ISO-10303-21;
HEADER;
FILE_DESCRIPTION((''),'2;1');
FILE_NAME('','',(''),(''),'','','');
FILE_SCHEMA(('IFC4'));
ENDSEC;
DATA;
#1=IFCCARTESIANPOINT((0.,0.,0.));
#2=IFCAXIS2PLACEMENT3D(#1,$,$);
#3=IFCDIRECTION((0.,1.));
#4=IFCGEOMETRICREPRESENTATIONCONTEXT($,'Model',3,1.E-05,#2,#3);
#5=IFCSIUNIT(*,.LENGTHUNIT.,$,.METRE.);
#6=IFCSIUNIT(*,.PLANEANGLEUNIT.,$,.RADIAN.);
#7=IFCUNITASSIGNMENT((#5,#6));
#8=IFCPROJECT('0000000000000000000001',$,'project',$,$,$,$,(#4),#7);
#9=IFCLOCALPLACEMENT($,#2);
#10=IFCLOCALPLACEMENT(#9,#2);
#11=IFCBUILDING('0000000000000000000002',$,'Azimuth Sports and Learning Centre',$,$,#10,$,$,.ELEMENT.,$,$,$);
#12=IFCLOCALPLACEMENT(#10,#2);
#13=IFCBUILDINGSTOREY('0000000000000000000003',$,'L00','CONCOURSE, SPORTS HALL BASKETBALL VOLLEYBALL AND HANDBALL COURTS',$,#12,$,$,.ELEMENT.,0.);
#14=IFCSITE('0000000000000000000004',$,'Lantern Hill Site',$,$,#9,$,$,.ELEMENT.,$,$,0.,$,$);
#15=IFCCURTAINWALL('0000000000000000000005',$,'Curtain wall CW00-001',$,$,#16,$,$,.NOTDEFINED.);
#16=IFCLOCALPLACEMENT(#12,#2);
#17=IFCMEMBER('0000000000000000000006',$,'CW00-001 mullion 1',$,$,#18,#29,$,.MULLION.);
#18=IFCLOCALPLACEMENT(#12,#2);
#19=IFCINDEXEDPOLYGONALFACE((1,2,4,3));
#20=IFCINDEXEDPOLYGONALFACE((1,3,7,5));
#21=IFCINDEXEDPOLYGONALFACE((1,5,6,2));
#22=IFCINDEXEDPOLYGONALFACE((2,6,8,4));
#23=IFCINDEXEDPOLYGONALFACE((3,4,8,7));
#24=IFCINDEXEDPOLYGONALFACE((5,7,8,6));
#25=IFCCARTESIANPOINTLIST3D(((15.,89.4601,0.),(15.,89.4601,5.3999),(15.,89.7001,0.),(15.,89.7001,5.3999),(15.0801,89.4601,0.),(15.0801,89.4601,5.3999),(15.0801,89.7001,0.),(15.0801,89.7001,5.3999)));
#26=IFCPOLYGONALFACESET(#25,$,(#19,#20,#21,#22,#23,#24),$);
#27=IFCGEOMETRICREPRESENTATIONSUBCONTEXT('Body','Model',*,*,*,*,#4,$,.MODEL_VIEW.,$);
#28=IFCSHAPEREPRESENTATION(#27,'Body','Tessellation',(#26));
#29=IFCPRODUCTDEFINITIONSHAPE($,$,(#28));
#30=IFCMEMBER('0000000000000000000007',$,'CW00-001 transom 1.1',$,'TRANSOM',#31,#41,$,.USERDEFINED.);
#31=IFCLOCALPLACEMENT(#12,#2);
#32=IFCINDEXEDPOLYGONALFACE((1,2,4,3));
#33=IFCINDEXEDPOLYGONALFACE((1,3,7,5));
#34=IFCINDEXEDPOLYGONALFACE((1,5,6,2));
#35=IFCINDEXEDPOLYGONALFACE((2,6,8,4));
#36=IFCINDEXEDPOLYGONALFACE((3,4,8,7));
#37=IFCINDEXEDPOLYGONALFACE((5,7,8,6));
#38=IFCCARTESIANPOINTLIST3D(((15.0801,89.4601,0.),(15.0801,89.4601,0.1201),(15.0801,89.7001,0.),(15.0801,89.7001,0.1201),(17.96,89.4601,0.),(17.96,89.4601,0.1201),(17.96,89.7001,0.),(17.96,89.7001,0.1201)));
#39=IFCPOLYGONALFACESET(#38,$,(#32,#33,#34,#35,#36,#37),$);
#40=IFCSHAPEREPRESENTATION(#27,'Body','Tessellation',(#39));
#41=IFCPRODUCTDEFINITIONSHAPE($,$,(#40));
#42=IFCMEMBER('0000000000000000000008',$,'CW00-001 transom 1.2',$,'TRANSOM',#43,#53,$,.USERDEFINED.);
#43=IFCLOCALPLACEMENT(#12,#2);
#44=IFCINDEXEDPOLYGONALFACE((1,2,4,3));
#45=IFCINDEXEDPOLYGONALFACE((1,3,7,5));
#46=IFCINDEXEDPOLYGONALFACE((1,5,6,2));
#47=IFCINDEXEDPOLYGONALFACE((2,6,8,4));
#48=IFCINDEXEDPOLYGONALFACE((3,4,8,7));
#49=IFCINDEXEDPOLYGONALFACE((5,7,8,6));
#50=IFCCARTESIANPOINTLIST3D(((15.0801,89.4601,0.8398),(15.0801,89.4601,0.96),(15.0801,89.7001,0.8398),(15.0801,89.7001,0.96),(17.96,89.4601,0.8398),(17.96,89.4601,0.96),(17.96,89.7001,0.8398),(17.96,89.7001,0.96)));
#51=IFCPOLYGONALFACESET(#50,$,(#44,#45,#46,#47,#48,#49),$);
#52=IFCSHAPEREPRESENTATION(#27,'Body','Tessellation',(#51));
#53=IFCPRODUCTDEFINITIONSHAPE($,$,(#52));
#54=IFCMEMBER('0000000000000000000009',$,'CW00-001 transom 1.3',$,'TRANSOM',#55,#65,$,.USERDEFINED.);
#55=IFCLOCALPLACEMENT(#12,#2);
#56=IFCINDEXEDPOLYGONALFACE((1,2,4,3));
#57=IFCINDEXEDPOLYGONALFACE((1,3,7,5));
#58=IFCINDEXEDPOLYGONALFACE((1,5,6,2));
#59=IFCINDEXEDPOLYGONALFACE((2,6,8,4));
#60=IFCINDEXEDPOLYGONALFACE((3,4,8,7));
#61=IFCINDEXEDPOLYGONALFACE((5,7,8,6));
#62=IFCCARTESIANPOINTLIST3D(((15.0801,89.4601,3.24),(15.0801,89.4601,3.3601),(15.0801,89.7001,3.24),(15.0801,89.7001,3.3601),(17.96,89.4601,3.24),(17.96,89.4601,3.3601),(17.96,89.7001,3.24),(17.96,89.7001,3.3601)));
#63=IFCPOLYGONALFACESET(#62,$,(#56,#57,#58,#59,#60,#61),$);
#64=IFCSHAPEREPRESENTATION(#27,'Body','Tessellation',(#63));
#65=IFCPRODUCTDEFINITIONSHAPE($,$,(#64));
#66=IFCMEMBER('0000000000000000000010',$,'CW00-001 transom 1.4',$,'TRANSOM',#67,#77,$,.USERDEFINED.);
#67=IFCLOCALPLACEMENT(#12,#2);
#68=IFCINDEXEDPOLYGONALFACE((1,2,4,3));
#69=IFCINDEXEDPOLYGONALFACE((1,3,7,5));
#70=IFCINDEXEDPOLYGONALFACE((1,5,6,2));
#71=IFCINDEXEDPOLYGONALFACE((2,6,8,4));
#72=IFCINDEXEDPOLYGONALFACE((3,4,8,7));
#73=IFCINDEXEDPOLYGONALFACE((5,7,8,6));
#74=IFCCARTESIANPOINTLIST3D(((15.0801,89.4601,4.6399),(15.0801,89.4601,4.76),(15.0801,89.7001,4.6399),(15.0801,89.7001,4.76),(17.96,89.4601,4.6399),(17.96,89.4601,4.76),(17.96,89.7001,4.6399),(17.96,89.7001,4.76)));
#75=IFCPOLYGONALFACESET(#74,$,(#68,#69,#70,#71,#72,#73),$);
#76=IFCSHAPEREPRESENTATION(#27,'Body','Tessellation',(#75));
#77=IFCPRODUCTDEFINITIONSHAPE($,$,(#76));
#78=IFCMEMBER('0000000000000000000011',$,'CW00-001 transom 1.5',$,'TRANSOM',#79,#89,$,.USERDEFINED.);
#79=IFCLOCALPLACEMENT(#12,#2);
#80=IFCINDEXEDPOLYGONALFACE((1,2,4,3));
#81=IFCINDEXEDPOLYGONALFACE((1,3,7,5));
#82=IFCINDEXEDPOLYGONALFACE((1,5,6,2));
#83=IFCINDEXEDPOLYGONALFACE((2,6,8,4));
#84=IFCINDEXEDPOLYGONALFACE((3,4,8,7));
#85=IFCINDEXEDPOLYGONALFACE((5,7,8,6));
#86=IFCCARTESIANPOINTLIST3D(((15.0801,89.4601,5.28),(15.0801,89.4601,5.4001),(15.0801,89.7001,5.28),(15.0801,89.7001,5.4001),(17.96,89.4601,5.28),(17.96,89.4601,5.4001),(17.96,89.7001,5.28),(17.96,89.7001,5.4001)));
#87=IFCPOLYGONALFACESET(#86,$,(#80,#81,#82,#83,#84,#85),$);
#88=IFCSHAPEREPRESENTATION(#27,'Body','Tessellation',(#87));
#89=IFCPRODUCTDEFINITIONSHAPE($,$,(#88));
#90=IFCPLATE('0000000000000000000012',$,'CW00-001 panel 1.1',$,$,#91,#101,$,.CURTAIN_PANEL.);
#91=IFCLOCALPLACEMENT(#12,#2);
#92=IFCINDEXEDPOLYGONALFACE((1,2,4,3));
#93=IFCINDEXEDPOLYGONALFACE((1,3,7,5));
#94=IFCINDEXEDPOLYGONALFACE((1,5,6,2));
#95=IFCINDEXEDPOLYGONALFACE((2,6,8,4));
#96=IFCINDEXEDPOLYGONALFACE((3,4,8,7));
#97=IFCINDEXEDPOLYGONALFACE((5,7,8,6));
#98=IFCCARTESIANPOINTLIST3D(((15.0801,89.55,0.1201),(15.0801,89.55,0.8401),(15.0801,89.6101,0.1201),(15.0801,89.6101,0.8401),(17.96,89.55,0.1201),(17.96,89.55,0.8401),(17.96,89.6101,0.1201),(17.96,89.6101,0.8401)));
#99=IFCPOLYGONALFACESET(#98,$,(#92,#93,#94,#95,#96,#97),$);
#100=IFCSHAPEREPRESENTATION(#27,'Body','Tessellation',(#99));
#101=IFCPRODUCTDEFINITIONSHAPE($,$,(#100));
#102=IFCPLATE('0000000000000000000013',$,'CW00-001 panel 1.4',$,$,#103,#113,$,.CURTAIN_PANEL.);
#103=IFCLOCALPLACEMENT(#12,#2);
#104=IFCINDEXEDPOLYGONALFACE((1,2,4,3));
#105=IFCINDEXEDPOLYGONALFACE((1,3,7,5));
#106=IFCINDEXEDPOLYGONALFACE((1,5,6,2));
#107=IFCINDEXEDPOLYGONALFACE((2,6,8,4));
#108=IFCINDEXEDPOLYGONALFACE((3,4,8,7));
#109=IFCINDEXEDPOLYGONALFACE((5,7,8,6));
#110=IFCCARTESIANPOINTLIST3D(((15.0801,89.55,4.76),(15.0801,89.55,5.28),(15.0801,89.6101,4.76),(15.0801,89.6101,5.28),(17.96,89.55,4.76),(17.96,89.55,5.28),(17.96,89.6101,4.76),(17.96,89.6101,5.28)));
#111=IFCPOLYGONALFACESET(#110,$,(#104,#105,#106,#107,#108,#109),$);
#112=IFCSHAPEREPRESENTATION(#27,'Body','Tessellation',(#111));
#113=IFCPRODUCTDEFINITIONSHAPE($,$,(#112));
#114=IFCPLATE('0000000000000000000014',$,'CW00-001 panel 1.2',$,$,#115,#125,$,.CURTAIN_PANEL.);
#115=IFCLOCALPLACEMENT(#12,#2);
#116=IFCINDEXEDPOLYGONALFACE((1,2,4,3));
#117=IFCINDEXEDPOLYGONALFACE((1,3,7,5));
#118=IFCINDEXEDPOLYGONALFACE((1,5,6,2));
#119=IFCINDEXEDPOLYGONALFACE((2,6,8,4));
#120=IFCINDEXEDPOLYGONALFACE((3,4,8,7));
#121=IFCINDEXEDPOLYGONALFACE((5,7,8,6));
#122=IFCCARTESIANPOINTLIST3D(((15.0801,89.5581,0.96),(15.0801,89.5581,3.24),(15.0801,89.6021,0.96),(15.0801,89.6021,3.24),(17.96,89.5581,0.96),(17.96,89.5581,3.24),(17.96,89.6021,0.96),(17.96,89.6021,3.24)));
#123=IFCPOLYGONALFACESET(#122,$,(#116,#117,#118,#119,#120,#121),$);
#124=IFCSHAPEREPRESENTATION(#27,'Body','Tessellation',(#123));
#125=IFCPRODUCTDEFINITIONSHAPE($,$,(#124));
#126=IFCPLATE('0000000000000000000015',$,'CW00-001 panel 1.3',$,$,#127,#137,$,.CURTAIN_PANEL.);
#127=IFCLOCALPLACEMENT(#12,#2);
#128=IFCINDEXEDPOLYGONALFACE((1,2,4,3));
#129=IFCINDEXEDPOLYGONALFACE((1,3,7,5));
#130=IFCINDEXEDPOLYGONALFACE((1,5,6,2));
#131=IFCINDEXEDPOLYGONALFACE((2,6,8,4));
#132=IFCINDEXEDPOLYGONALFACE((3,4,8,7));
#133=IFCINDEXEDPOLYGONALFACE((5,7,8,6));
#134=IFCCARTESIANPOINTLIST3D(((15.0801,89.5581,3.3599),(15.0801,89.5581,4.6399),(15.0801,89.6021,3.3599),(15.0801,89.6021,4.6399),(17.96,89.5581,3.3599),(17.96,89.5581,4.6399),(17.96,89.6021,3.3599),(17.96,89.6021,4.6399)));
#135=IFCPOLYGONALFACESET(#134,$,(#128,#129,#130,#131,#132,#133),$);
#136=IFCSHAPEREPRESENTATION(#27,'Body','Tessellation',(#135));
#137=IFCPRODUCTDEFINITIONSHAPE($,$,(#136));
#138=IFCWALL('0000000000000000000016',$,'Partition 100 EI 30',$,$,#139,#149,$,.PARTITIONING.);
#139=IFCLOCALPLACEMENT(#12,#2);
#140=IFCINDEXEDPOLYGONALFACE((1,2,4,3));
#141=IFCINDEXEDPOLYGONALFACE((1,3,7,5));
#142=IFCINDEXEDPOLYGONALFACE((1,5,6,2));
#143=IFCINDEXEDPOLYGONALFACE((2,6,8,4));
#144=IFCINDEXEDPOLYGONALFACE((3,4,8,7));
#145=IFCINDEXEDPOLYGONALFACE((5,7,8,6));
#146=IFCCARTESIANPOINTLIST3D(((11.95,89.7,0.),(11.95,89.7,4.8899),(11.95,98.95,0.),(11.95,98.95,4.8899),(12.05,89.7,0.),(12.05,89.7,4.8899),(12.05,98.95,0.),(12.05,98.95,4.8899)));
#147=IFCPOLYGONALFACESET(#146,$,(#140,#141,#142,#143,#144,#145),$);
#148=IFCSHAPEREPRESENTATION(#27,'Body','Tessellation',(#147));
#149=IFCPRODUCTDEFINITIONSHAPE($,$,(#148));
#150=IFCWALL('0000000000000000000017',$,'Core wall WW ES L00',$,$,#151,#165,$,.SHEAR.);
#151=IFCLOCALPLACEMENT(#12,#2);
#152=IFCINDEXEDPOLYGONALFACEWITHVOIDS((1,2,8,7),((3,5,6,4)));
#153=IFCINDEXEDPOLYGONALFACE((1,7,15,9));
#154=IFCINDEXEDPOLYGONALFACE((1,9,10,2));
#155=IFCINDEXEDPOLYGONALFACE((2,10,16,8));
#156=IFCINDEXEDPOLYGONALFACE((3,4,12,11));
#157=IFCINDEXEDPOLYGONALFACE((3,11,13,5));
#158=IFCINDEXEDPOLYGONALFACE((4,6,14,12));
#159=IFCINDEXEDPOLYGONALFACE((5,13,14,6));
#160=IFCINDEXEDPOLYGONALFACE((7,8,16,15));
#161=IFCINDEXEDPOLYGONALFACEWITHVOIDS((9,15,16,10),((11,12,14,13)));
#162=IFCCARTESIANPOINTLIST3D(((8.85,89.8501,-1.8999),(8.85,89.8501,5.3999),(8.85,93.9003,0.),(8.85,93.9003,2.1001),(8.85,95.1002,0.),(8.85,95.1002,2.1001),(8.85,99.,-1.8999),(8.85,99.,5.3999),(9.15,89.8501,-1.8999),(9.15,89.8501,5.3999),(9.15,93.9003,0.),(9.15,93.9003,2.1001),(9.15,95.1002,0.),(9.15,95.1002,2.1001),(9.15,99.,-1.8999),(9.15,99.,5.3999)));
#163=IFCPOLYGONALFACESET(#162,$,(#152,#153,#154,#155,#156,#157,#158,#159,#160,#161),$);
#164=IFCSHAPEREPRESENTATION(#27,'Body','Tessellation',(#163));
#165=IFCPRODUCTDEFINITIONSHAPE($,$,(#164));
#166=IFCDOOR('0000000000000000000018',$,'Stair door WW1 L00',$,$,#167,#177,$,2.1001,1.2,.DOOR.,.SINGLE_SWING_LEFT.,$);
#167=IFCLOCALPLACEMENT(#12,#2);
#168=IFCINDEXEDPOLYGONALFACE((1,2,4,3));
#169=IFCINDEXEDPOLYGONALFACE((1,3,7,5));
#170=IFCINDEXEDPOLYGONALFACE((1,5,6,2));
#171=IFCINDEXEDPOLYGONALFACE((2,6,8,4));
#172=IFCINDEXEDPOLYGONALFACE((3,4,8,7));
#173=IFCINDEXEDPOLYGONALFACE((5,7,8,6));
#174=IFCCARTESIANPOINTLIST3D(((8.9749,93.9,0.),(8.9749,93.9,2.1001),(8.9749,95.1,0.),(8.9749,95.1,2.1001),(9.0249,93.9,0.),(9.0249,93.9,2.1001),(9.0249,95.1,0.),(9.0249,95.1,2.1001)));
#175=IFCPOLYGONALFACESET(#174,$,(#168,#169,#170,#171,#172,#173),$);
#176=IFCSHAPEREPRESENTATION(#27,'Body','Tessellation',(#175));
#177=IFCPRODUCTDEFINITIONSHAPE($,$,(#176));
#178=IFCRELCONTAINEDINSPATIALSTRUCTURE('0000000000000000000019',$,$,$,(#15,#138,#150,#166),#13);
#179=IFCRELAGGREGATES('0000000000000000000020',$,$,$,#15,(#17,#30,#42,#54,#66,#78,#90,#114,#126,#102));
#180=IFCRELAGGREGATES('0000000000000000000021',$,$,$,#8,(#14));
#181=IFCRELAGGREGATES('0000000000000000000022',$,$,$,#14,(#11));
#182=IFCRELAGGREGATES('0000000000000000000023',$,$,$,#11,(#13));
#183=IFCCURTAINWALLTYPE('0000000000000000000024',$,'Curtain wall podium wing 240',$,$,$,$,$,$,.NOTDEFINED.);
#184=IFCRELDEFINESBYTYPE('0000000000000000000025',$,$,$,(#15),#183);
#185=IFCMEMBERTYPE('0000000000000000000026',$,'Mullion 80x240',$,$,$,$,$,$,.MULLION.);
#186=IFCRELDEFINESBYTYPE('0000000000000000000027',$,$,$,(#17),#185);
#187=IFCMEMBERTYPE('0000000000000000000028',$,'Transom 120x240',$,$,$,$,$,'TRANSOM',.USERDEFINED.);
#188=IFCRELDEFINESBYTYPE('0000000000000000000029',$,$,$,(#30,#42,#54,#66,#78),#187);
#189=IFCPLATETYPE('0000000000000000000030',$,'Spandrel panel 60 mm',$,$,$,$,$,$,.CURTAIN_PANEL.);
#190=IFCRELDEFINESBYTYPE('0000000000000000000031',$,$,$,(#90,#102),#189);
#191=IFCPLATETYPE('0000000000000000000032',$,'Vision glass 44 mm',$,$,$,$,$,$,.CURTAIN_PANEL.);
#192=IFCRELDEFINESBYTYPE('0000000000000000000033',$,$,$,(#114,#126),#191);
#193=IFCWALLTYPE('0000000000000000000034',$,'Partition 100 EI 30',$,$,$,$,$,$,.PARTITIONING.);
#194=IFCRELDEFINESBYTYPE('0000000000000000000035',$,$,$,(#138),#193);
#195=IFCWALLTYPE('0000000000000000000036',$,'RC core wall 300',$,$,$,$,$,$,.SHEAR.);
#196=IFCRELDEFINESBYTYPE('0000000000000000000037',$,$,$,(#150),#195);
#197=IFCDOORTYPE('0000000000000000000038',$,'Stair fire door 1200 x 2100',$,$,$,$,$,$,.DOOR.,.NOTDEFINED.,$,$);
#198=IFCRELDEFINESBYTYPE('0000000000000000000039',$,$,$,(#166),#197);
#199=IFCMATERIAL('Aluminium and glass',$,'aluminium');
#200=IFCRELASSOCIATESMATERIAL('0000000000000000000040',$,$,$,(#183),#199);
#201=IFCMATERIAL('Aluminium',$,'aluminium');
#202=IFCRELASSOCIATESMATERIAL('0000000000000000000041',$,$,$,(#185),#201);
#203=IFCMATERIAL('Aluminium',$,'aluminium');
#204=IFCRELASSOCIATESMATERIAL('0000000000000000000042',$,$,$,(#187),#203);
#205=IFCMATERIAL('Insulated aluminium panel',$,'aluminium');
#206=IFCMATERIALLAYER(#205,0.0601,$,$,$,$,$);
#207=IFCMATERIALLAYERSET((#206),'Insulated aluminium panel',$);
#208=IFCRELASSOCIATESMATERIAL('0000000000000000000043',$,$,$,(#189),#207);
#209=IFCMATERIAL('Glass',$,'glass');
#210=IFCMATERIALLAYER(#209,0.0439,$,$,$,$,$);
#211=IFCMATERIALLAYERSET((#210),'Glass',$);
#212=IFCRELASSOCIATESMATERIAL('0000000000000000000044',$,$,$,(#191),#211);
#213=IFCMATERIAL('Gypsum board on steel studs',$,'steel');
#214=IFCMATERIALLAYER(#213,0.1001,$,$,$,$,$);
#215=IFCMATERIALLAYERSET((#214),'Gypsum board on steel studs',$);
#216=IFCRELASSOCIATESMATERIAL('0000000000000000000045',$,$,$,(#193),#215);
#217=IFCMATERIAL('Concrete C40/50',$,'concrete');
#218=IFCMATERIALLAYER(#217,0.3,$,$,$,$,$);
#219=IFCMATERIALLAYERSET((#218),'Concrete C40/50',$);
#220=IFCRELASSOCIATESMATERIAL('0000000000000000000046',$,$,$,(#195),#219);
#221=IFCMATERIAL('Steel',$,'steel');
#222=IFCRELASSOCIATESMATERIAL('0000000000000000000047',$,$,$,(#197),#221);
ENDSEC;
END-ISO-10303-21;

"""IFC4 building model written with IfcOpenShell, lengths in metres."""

from ifc_helpers import new_model, si_unit, direction, frame, frame_2d, origin, origin_2d, place, context, subcontext, project, spatial, rectangle, extrude, material, layer, layer_set, material_profile, profile_set, type_object, element, fill, aggregate, save


model = new_model("IFC4")

# Units and contexts
model_context = context("Model", 3, precision=1e-05, world=origin(), true_north=direction((0.0, 1.0)))
body_context = subcontext(model_context, "Body", "Model", "MODEL_VIEW")
ifc_project = project(units=[si_unit("LENGTHUNIT", "METRE"), si_unit("PLANEANGLEUNIT", "RADIAN")], contexts=[model_context])

# Site, building, storey
site_placement = place(None, origin())
site = spatial("IfcSite", under=ifc_project, at=site_placement, Name="Lantern Hill Site", CompositionType="ELEMENT", RefElevation=0.0)
building_placement = place(site_placement, origin())
building = spatial("IfcBuilding", under=site, at=building_placement, Name="Azimuth Sports and Learning Centre", CompositionType="ELEMENT")
storey_placement = place(building_placement, origin())
storey = spatial("IfcBuildingStorey", under=building, at=storey_placement, Name="L00", Description="CONCOURSE, SPORTS HALL BASKETBALL VOLLEYBALL AND HANDBALL COURTS", CompositionType="ELEMENT", Elevation=0.0)

# Curtain wall, members, plates
ifc_material_1 = material(Name="Aluminium and glass", Category="aluminium")
curtain_wall_type = type_object("IfcCurtainWallType", Name="Curtain wall podium wing 240", PredefinedType="NOTDEFINED", material=ifc_material_1)
curtain_wall_placement = place(storey_placement, origin())
curtain_wall = element("IfcCurtainWall", 1, at=curtain_wall_placement, inside=storey, type_object=curtain_wall_type, Name="Curtain wall CW00-001", PredefinedType="NOTDEFINED")
ifc_material_2 = material(Name="Aluminium", Category="aluminium")
ifc_material_profile_1 = material_profile(ifc_material_2, rectangle(XDim=0.24, YDim=0.0801, at=origin_2d()), Name="Mullion 80x240")
ifc_profile_set_1 = profile_set([ifc_material_profile_1], Name="Aluminium")
member_type_1 = type_object("IfcMemberType", Name="Mullion 80x240", PredefinedType="MULLION", material=ifc_profile_set_1)
member_1_placement = place(storey_placement, frame((15.04, 89.5801, 0.0), z_axis=(0.0, 0.0, 1.0), x_axis=(0.0, 1.0, 0.0)))
member_1 = element("IfcMember", 2, at=member_1_placement, type_object=member_type_1, Name="CW00-001 mullion 1", PredefinedType="MULLION", context=body_context, shape_type="SweptSolid", body=[
    extrude(rectangle(XDim=0.24, YDim=0.0801, at=origin_2d()), origin(), (0.0, 0.0, 1.0), 5.3999),
])
ifc_material_3 = material(Name="Aluminium", Category="aluminium")
ifc_material_profile_2 = material_profile(ifc_material_3, rectangle(XDim=0.24, YDim=0.1201, at=origin_2d()), Name="Transom 120x240")
ifc_profile_set_2 = profile_set([ifc_material_profile_2], Name="Aluminium")
member_type_2 = type_object("IfcMemberType", Name="Transom 120x240", ElementType="TRANSOM", PredefinedType="USERDEFINED", material=ifc_profile_set_2)
member_2_placement = place(storey_placement, frame((15.0801, 89.5801, 0.0601), z_axis=(1.0, 0.0, 0.0), x_axis=(0.0, 1.0, 0.0)))
member_2 = element("IfcMember", 3, at=member_2_placement, type_object=member_type_2, Name="CW00-001 transom 1.1", ObjectType="TRANSOM", PredefinedType="USERDEFINED", context=body_context, shape_type="SweptSolid", body=[
    extrude(rectangle(XDim=0.24, YDim=0.1201, at=origin_2d()), origin(), (0.0, 0.0, 1.0), 2.8799),
])
member_3_placement = place(storey_placement, frame((15.0801, 89.5801, 0.8999), z_axis=(1.0, 0.0, 0.0), x_axis=(0.0, 1.0, 0.0)))
member_3 = element("IfcMember", 4, at=member_3_placement, type_object=member_type_2, Name="CW00-001 transom 1.2", ObjectType="TRANSOM", PredefinedType="USERDEFINED", context=body_context, shape_type="SweptSolid", body=[
    extrude(rectangle(XDim=0.24, YDim=0.1201, at=origin_2d()), origin(), (0.0, 0.0, 1.0), 2.8799),
])
member_4_placement = place(storey_placement, frame((15.0801, 89.5801, 3.3), z_axis=(1.0, 0.0, 0.0), x_axis=(0.0, 1.0, 0.0)))
member_4 = element("IfcMember", 5, at=member_4_placement, type_object=member_type_2, Name="CW00-001 transom 1.3", ObjectType="TRANSOM", PredefinedType="USERDEFINED", context=body_context, shape_type="SweptSolid", body=[
    extrude(rectangle(XDim=0.24, YDim=0.1201, at=origin_2d()), origin(), (0.0, 0.0, 1.0), 2.8799),
])
member_5_placement = place(storey_placement, frame((15.0801, 89.5801, 4.7), z_axis=(1.0, 0.0, 0.0), x_axis=(0.0, 1.0, 0.0)))
member_5 = element("IfcMember", 6, at=member_5_placement, type_object=member_type_2, Name="CW00-001 transom 1.4", ObjectType="TRANSOM", PredefinedType="USERDEFINED", context=body_context, shape_type="SweptSolid", body=[
    extrude(rectangle(XDim=0.24, YDim=0.1201, at=origin_2d()), origin(), (0.0, 0.0, 1.0), 2.8799),
])
member_6_placement = place(storey_placement, frame((15.0801, 89.5801, 5.3401), z_axis=(1.0, 0.0, 0.0), x_axis=(0.0, 1.0, 0.0)))
member_6 = element("IfcMember", 7, at=member_6_placement, type_object=member_type_2, Name="CW00-001 transom 1.5", ObjectType="TRANSOM", PredefinedType="USERDEFINED", context=body_context, shape_type="SweptSolid", body=[
    extrude(rectangle(XDim=0.24, YDim=0.1201, at=origin_2d()), origin(), (0.0, 0.0, 1.0), 2.8799),
])
ifc_material_4 = material(Name="Insulated aluminium panel", Category="aluminium")
ifc_layer_1 = layer(ifc_material_4, 0.0601)
ifc_layer_set_1 = layer_set([ifc_layer_1], Name="Insulated aluminium panel")
plate_type_1 = type_object("IfcPlateType", Name="Spandrel panel 60 mm", PredefinedType="CURTAIN_PANEL", material=ifc_layer_set_1)
plate_1_placement = place(storey_placement, frame((16.52, 89.5801, 0.1201), z_axis=(0.0, 0.0, 1.0), x_axis=(1.0, 0.0, 0.0)))
plate_1 = element("IfcPlate", 8, at=plate_1_placement, type_object=plate_type_1, Name="CW00-001 panel 1.1", PredefinedType="CURTAIN_PANEL", context=body_context, shape_type="SweptSolid", body=[
    extrude(rectangle(XDim=2.8799, YDim=0.0601, at=origin_2d()), origin(), (0.0, 0.0, 1.0), 0.72),
])
plate_2_placement = place(storey_placement, frame((16.52, 89.5801, 4.76), z_axis=(0.0, 0.0, 1.0), x_axis=(1.0, 0.0, 0.0)))
plate_2 = element("IfcPlate", 9, at=plate_2_placement, type_object=plate_type_1, Name="CW00-001 panel 1.4", PredefinedType="CURTAIN_PANEL", context=body_context, shape_type="SweptSolid", body=[
    extrude(rectangle(XDim=2.8799, YDim=0.0601, at=origin_2d()), origin(), (0.0, 0.0, 1.0), 0.52),
])
ifc_material_5 = material(Name="Glass", Category="glass")
ifc_layer_2 = layer(ifc_material_5, 0.0439)
ifc_layer_set_2 = layer_set([ifc_layer_2], Name="Glass")
plate_type_2 = type_object("IfcPlateType", Name="Vision glass 44 mm", PredefinedType="CURTAIN_PANEL", material=ifc_layer_set_2)
plate_3_placement = place(storey_placement, frame((16.52, 89.5801, 0.96), z_axis=(0.0, 0.0, 1.0), x_axis=(1.0, 0.0, 0.0)))
plate_3 = element("IfcPlate", 10, at=plate_3_placement, type_object=plate_type_2, Name="CW00-001 panel 1.2", PredefinedType="CURTAIN_PANEL", context=body_context, shape_type="SweptSolid", body=[
    extrude(rectangle(XDim=2.8799, YDim=0.0439, at=origin_2d()), origin(), (0.0, 0.0, 1.0), 2.28),
])
plate_4_placement = place(storey_placement, frame((16.52, 89.5801, 3.3599), z_axis=(0.0, 0.0, 1.0), x_axis=(1.0, 0.0, 0.0)))
plate_4 = element("IfcPlate", 11, at=plate_4_placement, type_object=plate_type_2, Name="CW00-001 panel 1.3", PredefinedType="CURTAIN_PANEL", context=body_context, shape_type="SweptSolid", body=[
    extrude(rectangle(XDim=2.8799, YDim=0.0439, at=origin_2d()), origin(), (0.0, 0.0, 1.0), 1.28),
])
aggregate(curtain_wall, [member_1, member_2, member_3, member_4, member_5, member_6, plate_1, plate_3, plate_4, plate_2])

# Wall
ifc_material_6 = material(Name="Gypsum board on steel studs", Category="steel")
ifc_layer_3 = layer(ifc_material_6, 0.1001)
ifc_layer_set_3 = layer_set([ifc_layer_3], Name="Gypsum board on steel studs")
wall_type_1 = type_object("IfcWallType", Name="Partition 100 EI 30", PredefinedType="PARTITIONING", material=ifc_layer_set_3)
wall_1_placement = place(storey_placement, frame((12.0, 89.7, 0.0), z_axis=(0.0, 0.0, 1.0), x_axis=(0.0, 1.0, 0.0)))
element("IfcWall", 12, at=wall_1_placement, inside=storey, type_object=wall_type_1, Name="Partition 100 EI 30", PredefinedType="PARTITIONING", context=body_context, shape_type="SweptSolid", body=[
    extrude(rectangle(XDim=9.25, YDim=0.1001, at=frame_2d((4.625, 0.0))), origin(), (0.0, 0.0, 1.0), 4.8899),
])

# Wall, opening, door
ifc_material_7 = material(Name="Concrete C40/50", Category="concrete")
ifc_layer_4 = layer(ifc_material_7, 0.3)
ifc_layer_set_4 = layer_set([ifc_layer_4], Name="Concrete C40/50")
wall_type_2 = type_object("IfcWallType", Name="RC core wall 300", PredefinedType="SHEAR", material=ifc_layer_set_4)
wall_2_placement = place(storey_placement, frame((9.0, 89.8501, -1.8999), z_axis=(0.0, 0.0, 1.0), x_axis=(0.0, 1.0, 0.0)))
wall_2 = element("IfcWall", 13, at=wall_2_placement, inside=storey, type_object=wall_type_2, Name="Core wall WW ES L00", PredefinedType="SHEAR", context=body_context, shape_type="SweptSolid", body=[
    extrude(rectangle(XDim=9.1499, YDim=0.3, at=frame_2d((4.575, 0.0))), origin(), (0.0, 0.0, 1.0), 7.2998),
])
opening_1_placement = place(wall_2_placement, frame((4.05, 0.0, 1.8999)))
opening_1 = element("IfcOpeningElement", 14, at=opening_1_placement, cuts=wall_2, PredefinedType="OPENING", context=body_context, shape_type="SweptSolid", body=[
    extrude(rectangle(XDim=1.2, YDim=2.1001, at=frame_2d((0.6001, 1.05))), frame((0.0, 0.1611, 0.0), z_axis=(0.0, -1.0, 0.0), x_axis=(1.0, 0.0, 0.0)), (0.0, 0.0, 1.0), 0.322),
])
ifc_material_8 = material(Name="Steel", Category="steel")
door_type_1 = type_object("IfcDoorType", Name="Stair fire door 1200 x 2100", OperationType="NOTDEFINED", PredefinedType="DOOR", material=ifc_material_8)
door_1_placement = place(opening_1_placement, frame((1.2, 0.0, 0.0), z_axis=(0.0, 0.0, 1.0), x_axis=(-1.0, 0.0, 0.0)))
door_1 = element("IfcDoor", 15, at=door_1_placement, inside=storey, type_object=door_type_1, Name="Stair door WW1 L00", OperationType="SINGLE_SWING_LEFT", OverallHeight=2.1001, OverallWidth=1.2, PredefinedType="DOOR", context=body_context, shape_type="SweptSolid", body=[
    extrude(rectangle(XDim=1.2, YDim=2.1001, at=frame_2d((0.6001, 1.05))), frame((0.0, 0.0249, 0.0), z_axis=(0.0, -1.0, 0.0), x_axis=(1.0, 0.0, 0.0)), (0.0, 0.0, 1.0), 0.05),
])
fill(opening_1, door_1)

save(model, "model.ifc")
